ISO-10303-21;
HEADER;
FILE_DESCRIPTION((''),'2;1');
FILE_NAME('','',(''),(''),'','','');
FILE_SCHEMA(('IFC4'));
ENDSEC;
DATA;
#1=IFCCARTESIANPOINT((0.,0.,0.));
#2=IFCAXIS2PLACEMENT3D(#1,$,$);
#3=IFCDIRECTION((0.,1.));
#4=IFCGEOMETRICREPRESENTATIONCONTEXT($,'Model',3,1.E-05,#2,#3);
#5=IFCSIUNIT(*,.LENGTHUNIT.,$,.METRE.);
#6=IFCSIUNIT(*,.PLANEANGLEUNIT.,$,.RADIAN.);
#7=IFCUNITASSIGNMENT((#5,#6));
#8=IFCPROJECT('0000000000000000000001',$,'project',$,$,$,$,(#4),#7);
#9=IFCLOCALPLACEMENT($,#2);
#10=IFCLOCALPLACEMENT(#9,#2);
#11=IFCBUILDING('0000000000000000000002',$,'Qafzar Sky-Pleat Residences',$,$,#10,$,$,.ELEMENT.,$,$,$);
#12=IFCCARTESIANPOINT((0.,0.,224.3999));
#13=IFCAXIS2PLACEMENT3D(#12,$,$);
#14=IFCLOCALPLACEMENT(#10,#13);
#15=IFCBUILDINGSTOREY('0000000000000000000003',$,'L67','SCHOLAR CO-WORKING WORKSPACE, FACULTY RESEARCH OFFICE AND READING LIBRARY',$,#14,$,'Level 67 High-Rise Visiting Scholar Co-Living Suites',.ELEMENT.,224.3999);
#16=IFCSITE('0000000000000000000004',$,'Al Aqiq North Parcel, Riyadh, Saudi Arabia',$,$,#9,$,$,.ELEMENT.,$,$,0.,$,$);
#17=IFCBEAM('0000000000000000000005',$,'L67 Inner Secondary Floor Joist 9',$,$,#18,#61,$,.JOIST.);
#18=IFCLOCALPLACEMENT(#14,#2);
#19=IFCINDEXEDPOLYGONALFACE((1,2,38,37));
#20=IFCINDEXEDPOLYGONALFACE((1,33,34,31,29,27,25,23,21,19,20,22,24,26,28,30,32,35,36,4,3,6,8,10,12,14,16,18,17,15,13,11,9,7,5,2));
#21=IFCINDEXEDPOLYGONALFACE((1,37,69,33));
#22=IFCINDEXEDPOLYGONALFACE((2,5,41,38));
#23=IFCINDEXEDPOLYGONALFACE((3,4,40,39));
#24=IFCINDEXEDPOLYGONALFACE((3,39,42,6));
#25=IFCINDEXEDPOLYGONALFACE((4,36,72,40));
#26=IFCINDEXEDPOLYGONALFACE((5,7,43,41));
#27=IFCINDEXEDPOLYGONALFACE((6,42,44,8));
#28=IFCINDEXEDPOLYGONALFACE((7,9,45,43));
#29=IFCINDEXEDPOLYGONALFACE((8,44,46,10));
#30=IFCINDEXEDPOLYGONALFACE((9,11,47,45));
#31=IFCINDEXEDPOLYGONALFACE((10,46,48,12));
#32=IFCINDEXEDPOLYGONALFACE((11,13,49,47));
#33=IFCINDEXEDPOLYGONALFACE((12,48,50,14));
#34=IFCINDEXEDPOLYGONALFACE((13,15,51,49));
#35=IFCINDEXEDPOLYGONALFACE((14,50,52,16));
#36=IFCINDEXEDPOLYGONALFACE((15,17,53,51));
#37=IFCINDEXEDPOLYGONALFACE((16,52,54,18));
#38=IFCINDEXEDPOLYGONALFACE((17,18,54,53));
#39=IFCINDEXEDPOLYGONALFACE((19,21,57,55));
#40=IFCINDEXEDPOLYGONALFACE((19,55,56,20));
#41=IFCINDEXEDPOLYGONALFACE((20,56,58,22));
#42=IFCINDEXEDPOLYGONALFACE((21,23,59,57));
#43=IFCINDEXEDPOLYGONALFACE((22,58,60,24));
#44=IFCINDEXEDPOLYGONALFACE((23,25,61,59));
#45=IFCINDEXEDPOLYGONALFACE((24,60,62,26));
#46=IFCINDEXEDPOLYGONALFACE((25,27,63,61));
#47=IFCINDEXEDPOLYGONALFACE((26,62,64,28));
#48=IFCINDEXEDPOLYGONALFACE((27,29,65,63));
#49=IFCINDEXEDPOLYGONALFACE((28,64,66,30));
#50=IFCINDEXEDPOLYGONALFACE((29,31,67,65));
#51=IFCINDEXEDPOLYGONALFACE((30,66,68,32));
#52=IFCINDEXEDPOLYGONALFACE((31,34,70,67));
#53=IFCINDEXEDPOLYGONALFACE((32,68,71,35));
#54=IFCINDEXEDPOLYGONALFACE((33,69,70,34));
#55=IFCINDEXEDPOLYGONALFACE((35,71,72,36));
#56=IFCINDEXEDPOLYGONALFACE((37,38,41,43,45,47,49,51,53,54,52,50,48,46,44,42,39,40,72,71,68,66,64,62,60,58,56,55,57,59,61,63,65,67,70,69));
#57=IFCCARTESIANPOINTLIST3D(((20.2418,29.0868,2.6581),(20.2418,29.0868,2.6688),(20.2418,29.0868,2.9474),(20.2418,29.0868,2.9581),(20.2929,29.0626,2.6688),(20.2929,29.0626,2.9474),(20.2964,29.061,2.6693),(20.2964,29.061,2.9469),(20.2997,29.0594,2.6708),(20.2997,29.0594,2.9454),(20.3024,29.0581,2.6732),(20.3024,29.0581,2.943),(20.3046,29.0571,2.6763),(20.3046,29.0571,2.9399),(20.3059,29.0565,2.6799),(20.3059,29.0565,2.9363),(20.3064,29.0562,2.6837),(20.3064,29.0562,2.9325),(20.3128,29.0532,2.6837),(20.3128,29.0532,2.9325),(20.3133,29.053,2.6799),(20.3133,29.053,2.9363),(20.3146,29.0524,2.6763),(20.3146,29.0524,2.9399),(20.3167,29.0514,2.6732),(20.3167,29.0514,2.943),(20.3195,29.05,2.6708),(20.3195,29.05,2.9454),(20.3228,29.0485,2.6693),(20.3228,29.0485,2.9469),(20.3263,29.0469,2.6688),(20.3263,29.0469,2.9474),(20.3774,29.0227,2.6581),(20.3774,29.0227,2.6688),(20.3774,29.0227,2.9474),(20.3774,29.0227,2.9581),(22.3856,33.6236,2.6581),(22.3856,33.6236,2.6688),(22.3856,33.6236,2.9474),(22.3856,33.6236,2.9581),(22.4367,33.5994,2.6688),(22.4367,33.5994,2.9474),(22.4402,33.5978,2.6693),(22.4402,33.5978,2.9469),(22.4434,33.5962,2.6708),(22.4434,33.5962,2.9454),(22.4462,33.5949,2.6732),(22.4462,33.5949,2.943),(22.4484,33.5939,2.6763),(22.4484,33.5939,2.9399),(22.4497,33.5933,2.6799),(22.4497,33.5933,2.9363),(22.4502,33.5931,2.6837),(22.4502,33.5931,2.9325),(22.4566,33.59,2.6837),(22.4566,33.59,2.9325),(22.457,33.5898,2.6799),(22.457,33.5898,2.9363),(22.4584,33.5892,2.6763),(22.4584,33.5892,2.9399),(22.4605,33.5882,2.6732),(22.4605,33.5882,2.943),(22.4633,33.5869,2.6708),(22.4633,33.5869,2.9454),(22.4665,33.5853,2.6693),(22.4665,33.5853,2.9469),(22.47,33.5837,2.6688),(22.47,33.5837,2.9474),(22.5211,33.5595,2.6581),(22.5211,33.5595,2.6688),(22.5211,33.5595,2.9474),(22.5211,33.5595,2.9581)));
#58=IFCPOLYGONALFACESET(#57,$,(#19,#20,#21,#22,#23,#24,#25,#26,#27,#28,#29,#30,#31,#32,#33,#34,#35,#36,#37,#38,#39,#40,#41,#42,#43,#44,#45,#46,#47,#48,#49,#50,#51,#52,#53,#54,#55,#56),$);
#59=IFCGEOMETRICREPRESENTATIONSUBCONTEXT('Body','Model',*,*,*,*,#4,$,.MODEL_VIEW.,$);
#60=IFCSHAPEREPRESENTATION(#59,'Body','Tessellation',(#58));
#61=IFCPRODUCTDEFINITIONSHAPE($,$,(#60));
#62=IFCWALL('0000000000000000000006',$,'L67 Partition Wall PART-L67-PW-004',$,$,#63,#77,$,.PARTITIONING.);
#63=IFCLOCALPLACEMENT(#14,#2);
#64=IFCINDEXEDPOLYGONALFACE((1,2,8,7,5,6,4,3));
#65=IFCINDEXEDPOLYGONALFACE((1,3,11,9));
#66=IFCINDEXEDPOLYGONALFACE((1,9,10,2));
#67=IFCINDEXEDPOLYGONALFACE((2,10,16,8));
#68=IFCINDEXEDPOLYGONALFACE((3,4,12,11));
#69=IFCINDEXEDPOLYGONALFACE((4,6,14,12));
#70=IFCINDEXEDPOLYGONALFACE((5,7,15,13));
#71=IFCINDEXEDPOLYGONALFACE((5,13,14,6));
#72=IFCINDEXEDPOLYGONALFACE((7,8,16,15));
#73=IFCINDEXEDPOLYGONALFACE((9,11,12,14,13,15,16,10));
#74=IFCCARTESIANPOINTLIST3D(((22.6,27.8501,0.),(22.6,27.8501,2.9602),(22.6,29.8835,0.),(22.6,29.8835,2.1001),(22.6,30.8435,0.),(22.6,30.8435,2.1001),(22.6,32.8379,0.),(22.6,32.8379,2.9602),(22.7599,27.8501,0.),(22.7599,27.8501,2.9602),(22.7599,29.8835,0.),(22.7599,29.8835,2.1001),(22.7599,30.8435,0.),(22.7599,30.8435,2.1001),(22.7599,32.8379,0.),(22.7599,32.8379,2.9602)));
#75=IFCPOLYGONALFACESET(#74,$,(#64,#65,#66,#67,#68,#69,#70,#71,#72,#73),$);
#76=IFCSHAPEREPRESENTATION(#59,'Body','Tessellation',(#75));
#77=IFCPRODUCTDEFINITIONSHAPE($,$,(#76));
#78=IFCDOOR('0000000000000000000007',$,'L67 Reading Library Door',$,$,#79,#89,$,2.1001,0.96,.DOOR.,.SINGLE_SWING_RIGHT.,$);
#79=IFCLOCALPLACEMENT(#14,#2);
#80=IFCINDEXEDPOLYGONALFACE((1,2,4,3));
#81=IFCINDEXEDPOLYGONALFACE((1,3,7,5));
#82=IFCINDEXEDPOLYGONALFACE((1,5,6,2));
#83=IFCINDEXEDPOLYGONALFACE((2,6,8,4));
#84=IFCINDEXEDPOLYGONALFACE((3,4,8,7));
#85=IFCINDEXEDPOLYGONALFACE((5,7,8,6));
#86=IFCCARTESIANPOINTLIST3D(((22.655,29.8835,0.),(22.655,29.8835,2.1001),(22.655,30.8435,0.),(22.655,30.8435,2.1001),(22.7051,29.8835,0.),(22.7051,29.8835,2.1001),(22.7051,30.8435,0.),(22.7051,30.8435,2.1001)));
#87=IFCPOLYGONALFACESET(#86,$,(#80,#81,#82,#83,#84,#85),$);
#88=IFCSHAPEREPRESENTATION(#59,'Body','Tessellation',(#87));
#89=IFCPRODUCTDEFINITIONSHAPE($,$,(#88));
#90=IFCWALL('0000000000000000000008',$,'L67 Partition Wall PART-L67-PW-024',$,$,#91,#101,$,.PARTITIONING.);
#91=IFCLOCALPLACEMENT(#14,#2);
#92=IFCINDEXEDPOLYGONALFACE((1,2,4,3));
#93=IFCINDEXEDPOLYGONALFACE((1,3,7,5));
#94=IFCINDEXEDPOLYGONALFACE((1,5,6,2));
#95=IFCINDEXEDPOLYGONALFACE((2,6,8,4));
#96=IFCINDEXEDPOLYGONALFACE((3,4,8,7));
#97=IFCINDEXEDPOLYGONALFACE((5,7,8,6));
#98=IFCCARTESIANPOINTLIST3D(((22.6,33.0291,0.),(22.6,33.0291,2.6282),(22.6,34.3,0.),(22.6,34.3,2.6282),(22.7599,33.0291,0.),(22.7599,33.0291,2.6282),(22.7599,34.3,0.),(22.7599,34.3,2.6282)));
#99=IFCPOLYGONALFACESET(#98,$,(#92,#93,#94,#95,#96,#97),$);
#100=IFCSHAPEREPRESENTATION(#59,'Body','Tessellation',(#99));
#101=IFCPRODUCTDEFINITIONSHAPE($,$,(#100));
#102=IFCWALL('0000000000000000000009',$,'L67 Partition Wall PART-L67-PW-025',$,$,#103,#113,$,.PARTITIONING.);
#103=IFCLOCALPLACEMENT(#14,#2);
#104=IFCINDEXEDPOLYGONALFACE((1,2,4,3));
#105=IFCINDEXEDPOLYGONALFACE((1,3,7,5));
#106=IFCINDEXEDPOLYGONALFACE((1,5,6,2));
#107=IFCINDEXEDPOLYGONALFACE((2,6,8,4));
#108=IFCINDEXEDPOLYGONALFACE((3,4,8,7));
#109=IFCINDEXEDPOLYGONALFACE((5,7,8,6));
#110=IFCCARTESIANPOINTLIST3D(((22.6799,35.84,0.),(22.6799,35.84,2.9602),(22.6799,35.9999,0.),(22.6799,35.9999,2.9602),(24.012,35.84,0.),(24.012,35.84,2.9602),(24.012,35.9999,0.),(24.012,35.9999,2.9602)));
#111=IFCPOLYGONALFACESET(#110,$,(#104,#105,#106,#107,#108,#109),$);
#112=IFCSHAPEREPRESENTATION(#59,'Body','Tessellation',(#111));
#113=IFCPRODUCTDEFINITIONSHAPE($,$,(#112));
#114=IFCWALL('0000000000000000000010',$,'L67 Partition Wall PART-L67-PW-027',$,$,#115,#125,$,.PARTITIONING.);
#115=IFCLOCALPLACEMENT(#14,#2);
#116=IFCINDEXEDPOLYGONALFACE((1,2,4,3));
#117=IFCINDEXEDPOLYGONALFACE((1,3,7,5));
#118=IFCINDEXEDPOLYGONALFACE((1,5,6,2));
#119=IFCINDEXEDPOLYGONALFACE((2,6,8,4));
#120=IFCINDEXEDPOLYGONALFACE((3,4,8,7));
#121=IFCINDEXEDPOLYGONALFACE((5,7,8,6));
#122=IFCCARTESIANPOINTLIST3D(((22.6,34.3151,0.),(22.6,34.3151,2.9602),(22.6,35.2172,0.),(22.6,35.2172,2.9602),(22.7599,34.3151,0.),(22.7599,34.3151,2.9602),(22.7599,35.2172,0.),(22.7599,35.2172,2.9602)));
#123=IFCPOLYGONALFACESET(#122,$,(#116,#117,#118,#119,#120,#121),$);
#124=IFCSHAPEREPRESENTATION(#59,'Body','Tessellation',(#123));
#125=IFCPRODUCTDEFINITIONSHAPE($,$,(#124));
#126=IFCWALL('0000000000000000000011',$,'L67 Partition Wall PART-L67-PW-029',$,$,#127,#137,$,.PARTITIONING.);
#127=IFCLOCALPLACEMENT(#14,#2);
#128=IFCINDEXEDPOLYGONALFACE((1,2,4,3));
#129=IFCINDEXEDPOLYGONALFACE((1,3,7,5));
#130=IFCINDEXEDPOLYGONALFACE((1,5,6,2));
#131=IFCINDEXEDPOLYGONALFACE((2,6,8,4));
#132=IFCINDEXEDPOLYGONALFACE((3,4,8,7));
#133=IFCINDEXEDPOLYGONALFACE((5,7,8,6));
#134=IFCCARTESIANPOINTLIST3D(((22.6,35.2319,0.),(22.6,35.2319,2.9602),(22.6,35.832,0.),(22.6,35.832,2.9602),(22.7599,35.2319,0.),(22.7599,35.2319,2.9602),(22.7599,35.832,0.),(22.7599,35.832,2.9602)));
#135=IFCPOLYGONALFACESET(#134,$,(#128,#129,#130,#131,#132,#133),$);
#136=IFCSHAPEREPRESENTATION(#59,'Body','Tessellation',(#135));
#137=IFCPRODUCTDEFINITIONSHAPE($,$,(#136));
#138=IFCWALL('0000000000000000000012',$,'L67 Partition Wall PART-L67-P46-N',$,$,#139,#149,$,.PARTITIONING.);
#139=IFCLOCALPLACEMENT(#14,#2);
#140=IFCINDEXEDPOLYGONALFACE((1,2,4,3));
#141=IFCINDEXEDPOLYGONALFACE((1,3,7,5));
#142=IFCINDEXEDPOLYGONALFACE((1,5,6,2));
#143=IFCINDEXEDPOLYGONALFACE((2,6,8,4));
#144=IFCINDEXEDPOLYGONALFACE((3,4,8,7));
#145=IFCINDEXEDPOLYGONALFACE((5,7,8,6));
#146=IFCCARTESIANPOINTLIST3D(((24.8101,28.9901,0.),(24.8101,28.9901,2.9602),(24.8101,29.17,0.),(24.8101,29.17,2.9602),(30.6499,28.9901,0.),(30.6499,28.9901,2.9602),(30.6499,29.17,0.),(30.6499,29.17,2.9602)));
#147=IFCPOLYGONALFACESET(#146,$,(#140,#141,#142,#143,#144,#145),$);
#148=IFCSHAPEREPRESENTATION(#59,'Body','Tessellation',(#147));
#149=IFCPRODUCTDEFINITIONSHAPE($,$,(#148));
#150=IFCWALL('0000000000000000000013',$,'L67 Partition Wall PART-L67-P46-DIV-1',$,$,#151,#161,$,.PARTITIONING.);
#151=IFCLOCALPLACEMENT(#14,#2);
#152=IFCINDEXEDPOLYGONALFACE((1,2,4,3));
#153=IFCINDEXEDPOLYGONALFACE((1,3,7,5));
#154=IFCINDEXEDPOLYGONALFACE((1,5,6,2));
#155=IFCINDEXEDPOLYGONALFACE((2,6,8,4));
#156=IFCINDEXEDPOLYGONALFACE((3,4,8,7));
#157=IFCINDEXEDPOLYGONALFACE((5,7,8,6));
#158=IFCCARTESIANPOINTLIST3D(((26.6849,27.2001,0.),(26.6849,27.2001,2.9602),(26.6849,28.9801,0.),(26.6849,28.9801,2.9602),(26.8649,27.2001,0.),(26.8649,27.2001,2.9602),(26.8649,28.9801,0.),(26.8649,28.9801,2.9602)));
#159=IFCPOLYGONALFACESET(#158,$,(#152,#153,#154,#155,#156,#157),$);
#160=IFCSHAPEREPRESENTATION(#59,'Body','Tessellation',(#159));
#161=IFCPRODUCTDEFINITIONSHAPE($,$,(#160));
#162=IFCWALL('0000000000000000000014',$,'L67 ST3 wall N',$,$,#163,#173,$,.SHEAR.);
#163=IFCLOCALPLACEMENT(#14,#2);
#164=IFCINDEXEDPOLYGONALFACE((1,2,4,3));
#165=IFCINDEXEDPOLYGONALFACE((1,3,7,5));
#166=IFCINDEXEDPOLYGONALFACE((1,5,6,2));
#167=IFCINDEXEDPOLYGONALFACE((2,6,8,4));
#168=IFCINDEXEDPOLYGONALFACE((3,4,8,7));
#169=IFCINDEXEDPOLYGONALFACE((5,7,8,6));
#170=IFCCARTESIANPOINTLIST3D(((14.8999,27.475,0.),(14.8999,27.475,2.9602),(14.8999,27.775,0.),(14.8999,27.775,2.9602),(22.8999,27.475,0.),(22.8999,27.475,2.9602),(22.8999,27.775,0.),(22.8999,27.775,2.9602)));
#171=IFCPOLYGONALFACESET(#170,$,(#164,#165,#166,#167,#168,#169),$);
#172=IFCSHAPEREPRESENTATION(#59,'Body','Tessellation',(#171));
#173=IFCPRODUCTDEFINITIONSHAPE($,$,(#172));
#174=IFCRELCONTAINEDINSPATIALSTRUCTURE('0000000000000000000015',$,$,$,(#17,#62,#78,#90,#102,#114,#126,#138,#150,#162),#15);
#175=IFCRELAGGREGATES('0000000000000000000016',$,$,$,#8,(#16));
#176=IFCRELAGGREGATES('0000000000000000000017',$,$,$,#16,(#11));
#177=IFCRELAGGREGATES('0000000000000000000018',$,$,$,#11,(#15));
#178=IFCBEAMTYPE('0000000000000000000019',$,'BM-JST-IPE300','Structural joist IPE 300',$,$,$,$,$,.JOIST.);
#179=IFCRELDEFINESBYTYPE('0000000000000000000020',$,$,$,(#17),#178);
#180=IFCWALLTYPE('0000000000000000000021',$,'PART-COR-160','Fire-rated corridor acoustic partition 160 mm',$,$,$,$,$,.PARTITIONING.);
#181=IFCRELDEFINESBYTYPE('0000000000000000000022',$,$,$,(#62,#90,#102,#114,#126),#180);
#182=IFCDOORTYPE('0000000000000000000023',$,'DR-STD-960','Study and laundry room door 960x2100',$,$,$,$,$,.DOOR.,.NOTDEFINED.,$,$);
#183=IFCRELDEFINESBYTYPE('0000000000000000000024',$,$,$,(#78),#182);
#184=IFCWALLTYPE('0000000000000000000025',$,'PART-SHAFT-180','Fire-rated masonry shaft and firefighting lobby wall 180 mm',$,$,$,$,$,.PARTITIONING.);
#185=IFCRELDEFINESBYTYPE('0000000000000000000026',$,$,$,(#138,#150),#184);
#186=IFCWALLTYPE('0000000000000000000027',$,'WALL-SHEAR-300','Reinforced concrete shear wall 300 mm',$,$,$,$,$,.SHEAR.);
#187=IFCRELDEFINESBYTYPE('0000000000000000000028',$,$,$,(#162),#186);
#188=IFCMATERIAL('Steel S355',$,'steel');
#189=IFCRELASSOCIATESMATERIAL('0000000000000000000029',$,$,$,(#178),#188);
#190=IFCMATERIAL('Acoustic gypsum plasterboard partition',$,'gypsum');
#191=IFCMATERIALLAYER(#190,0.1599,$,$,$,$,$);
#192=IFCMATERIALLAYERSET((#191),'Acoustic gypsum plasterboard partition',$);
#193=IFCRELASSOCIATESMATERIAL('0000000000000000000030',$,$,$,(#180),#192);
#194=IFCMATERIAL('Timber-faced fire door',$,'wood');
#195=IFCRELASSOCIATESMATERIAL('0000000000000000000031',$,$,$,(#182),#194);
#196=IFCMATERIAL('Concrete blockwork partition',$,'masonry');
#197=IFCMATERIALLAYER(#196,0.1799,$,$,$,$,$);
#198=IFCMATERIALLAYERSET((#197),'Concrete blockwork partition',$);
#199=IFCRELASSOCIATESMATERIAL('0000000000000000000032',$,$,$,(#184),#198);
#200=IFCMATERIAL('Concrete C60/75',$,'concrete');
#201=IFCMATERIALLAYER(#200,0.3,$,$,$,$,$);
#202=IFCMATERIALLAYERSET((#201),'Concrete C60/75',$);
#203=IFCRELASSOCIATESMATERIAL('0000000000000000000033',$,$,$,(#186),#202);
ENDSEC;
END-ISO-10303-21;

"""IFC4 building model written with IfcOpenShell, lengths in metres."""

from ifc_helpers import new_model, si_unit, direction, frame, frame_2d, origin, origin_2d, place, context, subcontext, project, spatial, rectangle, i_section, extrude, source, transform, mapped, material, layer, layer_set, material_profile, profile_set, type_object, element, fill, save


model = new_model("IFC4")

# Units and contexts
model_context = context("Model", 3, precision=1e-05, world=origin(), true_north=direction((0.0, 1.0)))
body_context = subcontext(model_context, "Body", "Model", "MODEL_VIEW")
ifc_project = project(units=[si_unit("LENGTHUNIT", "METRE"), si_unit("PLANEANGLEUNIT", "RADIAN")], contexts=[model_context])

# Site, building, storey
site_placement = place(None, origin())
site = spatial("IfcSite", under=ifc_project, at=site_placement, Name="Al Aqiq North Parcel, Riyadh, Saudi Arabia", CompositionType="ELEMENT", RefElevation=0.0)
building_placement = place(site_placement, origin())
building = spatial("IfcBuilding", under=site, at=building_placement, Name="Qafzar Sky-Pleat Residences", CompositionType="ELEMENT")
storey_placement = place(building_placement, frame((0.0, 0.0, 224.3999)))
storey = spatial("IfcBuildingStorey", under=building, at=storey_placement, Name="L67", Description="SCHOLAR CO-WORKING WORKSPACE, FACULTY RESEARCH OFFICE AND READING LIBRARY", LongName="Level 67 High-Rise Visiting Scholar Co-Living Suites", CompositionType="ELEMENT", Elevation=224.3999)

# Beam
ifc_material_1 = material(Name="Steel S355", Category="steel")
ifc_material_profile = material_profile(ifc_material_1, i_section(OverallWidth=0.1499, OverallDepth=0.3, WebThickness=0.0071, FlangeThickness=0.0107, FilletRadius=0.0149, at=origin_2d()), Name="IPE 300")
ifc_profile_set = profile_set([ifc_material_profile], Name="Steel S355")
beam_type = type_object("IfcBeamType", Name="BM-JST-IPE300", Description="Structural joist IPE 300", PredefinedType="JOIST", material=ifc_profile_set)
shared_shape_1 = source(origin(), body_context, "Body", "SweptSolid", [
    extrude(i_section(OverallWidth=0.1499, OverallDepth=0.3, WebThickness=0.0071, FlangeThickness=0.0107, FilletRadius=0.0149, at=origin_2d()), origin(), (0.0, 0.0, 1.0), 5.0178),
])
beam_placement = place(storey_placement, frame((22.4534, 33.5916, 2.8081), z_axis=(-0.427233, -0.904142, 0.0), x_axis=(0.904142, -0.427233, 0.0)))
element("IfcBeam", 1, at=beam_placement, inside=storey, type_object=beam_type, Name="L67 Inner Secondary Floor Joist 9", PredefinedType="JOIST", context=body_context, shape_type="MappedRepresentation", body=[
    mapped(shared_shape_1, transform((0.0, 0.0, 0.0), x_axis=(1.0, 0.0, 0.0), y_axis=(0.0, 1.0, 0.0), z_axis=(0.0, 0.0, 1.0), scale=1.0)),
])

# Wall, opening, door
ifc_material_2 = material(Name="Acoustic gypsum plasterboard partition", Category="gypsum")
ifc_layer_1 = layer(ifc_material_2, 0.1599)
ifc_layer_set_1 = layer_set([ifc_layer_1], Name="Acoustic gypsum plasterboard partition")
wall_type_1 = type_object("IfcWallType", Name="PART-COR-160", Description="Fire-rated corridor acoustic partition 160 mm", PredefinedType="PARTITIONING", material=ifc_layer_set_1)
wall_1_placement = place(storey_placement, frame((22.6799, 27.8501, 0.0), z_axis=(0.0, 0.0, 1.0), x_axis=(0.0, 1.0, 0.0)))
wall_1 = element("IfcWall", 2, at=wall_1_placement, inside=storey, type_object=wall_type_1, Name="L67 Partition Wall PART-L67-PW-004", PredefinedType="PARTITIONING", context=body_context, shape_type="SweptSolid", body=[
    extrude(rectangle(XDim=4.9878, YDim=0.1599, at=frame_2d((2.4939, 0.0))), origin(), (0.0, 0.0, 1.0), 2.9602),
])
opening_1_placement = place(wall_1_placement, frame((2.0334, 0.0, 0.0)))
opening_1 = element("IfcOpeningElement", 3, at=opening_1_placement, cuts=wall_1, PredefinedType="OPENING", context=body_context, shape_type="SweptSolid", body=[
    extrude(rectangle(XDim=0.96, YDim=2.1001, at=frame_2d((0.48, 1.05))), frame((0.0, 0.0898, 0.0), z_axis=(0.0, -1.0, 0.0), x_axis=(1.0, 0.0, 0.0)), (0.0, 0.0, 1.0), 0.1799),
])
ifc_material_3 = material(Name="Timber-faced fire door", Category="wood")
door_type_1 = type_object("IfcDoorType", Name="DR-STD-960", Description="Study and laundry room door 960x2100", OperationType="NOTDEFINED", PredefinedType="DOOR", material=ifc_material_3)
shared_shape_2 = source(origin(), body_context, "Body", "SweptSolid", [
    extrude(rectangle(XDim=0.96, YDim=2.1001, at=frame_2d((0.48, 1.05))), frame((0.0, 0.0249, 0.0), z_axis=(0.0, -1.0, 0.0), x_axis=(1.0, 0.0, 0.0)), (0.0, 0.0, 1.0), 0.05),
])
door_1_placement = place(opening_1_placement, origin())
door_1 = element("IfcDoor", 4, at=door_1_placement, inside=storey, type_object=door_type_1, Name="L67 Reading Library Door", OperationType="SINGLE_SWING_RIGHT", OverallHeight=2.1001, OverallWidth=0.96, PredefinedType="DOOR", context=body_context, shape_type="MappedRepresentation", body=[
    mapped(shared_shape_2, transform((0.0, 0.0, 0.0), x_axis=(1.0, 0.0, 0.0), y_axis=(0.0, 1.0, 0.0), z_axis=(0.0, 0.0, 1.0), scale=1.0)),
])
fill(opening_1, door_1)

# Walls
wall_2_placement = place(storey_placement, frame((22.6799, 33.0291, 0.0), z_axis=(0.0, 0.0, 1.0), x_axis=(0.0, 1.0, 0.0)))
element("IfcWall", 5, at=wall_2_placement, inside=storey, type_object=wall_type_1, Name="L67 Partition Wall PART-L67-PW-024", PredefinedType="PARTITIONING", context=body_context, shape_type="SweptSolid", body=[
    extrude(rectangle(XDim=1.271, YDim=0.1599, at=frame_2d((0.6355, 0.0))), origin(), (0.0, 0.0, 1.0), 2.6282),
])
wall_3_placement = place(storey_placement, frame((22.6799, 35.9199, 0.0), z_axis=(0.0, 0.0, 1.0), x_axis=(1.0, 0.0, 0.0)))
element("IfcWall", 6, at=wall_3_placement, inside=storey, type_object=wall_type_1, Name="L67 Partition Wall PART-L67-PW-025", PredefinedType="PARTITIONING", context=body_context, shape_type="SweptSolid", body=[
    extrude(rectangle(XDim=1.332, YDim=0.1599, at=frame_2d((0.666, 0.0))), origin(), (0.0, 0.0, 1.0), 2.9602),
])
wall_4_placement = place(storey_placement, frame((22.6799, 34.3149, 0.0), z_axis=(0.0, 0.0, 1.0), x_axis=(0.0, 1.0, 0.0)))
element("IfcWall", 7, at=wall_4_placement, inside=storey, type_object=wall_type_1, Name="L67 Partition Wall PART-L67-PW-027", PredefinedType="PARTITIONING", context=body_context, shape_type="SweptSolid", body=[
    extrude(rectangle(XDim=0.9021, YDim=0.1599, at=frame_2d((0.4512, 0.0))), origin(), (0.0, 0.0, 1.0), 2.9602),
])
wall_5_placement = place(storey_placement, frame((22.6799, 35.2319, 0.0), z_axis=(0.0, 0.0, 1.0), x_axis=(0.0, 1.0, 0.0)))
element("IfcWall", 8, at=wall_5_placement, inside=storey, type_object=wall_type_1, Name="L67 Partition Wall PART-L67-PW-029", PredefinedType="PARTITIONING", context=body_context, shape_type="SweptSolid", body=[
    extrude(rectangle(XDim=0.6001, YDim=0.1599, at=frame_2d((0.3, 0.0))), origin(), (0.0, 0.0, 1.0), 2.9602),
])
ifc_material_4 = material(Name="Concrete blockwork partition", Category="masonry")
ifc_layer_2 = layer(ifc_material_4, 0.1799)
ifc_layer_set_2 = layer_set([ifc_layer_2], Name="Concrete blockwork partition")
wall_type_2 = type_object("IfcWallType", Name="PART-SHAFT-180", Description="Fire-rated masonry shaft and firefighting lobby wall 180 mm", PredefinedType="PARTITIONING", material=ifc_layer_set_2)
wall_6_placement = place(storey_placement, frame((24.8101, 29.0801, 0.0), z_axis=(0.0, 0.0, 1.0), x_axis=(1.0, 0.0, 0.0)))
element("IfcWall", 9, at=wall_6_placement, inside=storey, type_object=wall_type_2, Name="L67 Partition Wall PART-L67-P46-N", PredefinedType="PARTITIONING", context=body_context, shape_type="SweptSolid", body=[
    extrude(rectangle(XDim=5.8398, YDim=0.1799, at=frame_2d((2.9199, 0.0))), origin(), (0.0, 0.0, 1.0), 2.9602),
])

# Wall
wall_7_placement = place(storey_placement, frame((26.7749, 27.2, 0.0), z_axis=(0.0, 0.0, 1.0), x_axis=(0.0, 1.0, 0.0)))
element("IfcWall", 10, at=wall_7_placement, inside=storey, type_object=wall_type_2, Name="L67 Partition Wall PART-L67-P46-DIV-1", PredefinedType="PARTITIONING", context=body_context, shape_type="SweptSolid", body=[
    extrude(rectangle(XDim=1.78, YDim=0.1799, at=frame_2d((0.8901, 0.0))), origin(), (0.0, 0.0, 1.0), 2.9602),
])

# Shared definitions
ifc_material_5 = material(Name="Concrete C60/75", Category="concrete")
ifc_layer_3 = layer(ifc_material_5, 0.3)
ifc_layer_set_3 = layer_set([ifc_layer_3], Name="Concrete C60/75")
wall_type_3 = type_object("IfcWallType", Name="WALL-SHEAR-300", Description="Reinforced concrete shear wall 300 mm", PredefinedType="SHEAR", material=ifc_layer_set_3)

# Wall
wall_8_placement = place(storey_placement, frame((22.8999, 27.625, 0.0), z_axis=(0.0, 0.0, 1.0), x_axis=(-1.0, 0.0, 0.0)))
element("IfcWall", 11, at=wall_8_placement, inside=storey, type_object=wall_type_3, Name="L67 ST3 wall N", PredefinedType="SHEAR", context=body_context, shape_type="SweptSolid", body=[
    extrude(rectangle(XDim=8.0, YDim=0.3, at=frame_2d((4.0, 0.0))), origin(), (0.0, 0.0, 1.0), 2.9602),
])

save(model, "model.ifc")
